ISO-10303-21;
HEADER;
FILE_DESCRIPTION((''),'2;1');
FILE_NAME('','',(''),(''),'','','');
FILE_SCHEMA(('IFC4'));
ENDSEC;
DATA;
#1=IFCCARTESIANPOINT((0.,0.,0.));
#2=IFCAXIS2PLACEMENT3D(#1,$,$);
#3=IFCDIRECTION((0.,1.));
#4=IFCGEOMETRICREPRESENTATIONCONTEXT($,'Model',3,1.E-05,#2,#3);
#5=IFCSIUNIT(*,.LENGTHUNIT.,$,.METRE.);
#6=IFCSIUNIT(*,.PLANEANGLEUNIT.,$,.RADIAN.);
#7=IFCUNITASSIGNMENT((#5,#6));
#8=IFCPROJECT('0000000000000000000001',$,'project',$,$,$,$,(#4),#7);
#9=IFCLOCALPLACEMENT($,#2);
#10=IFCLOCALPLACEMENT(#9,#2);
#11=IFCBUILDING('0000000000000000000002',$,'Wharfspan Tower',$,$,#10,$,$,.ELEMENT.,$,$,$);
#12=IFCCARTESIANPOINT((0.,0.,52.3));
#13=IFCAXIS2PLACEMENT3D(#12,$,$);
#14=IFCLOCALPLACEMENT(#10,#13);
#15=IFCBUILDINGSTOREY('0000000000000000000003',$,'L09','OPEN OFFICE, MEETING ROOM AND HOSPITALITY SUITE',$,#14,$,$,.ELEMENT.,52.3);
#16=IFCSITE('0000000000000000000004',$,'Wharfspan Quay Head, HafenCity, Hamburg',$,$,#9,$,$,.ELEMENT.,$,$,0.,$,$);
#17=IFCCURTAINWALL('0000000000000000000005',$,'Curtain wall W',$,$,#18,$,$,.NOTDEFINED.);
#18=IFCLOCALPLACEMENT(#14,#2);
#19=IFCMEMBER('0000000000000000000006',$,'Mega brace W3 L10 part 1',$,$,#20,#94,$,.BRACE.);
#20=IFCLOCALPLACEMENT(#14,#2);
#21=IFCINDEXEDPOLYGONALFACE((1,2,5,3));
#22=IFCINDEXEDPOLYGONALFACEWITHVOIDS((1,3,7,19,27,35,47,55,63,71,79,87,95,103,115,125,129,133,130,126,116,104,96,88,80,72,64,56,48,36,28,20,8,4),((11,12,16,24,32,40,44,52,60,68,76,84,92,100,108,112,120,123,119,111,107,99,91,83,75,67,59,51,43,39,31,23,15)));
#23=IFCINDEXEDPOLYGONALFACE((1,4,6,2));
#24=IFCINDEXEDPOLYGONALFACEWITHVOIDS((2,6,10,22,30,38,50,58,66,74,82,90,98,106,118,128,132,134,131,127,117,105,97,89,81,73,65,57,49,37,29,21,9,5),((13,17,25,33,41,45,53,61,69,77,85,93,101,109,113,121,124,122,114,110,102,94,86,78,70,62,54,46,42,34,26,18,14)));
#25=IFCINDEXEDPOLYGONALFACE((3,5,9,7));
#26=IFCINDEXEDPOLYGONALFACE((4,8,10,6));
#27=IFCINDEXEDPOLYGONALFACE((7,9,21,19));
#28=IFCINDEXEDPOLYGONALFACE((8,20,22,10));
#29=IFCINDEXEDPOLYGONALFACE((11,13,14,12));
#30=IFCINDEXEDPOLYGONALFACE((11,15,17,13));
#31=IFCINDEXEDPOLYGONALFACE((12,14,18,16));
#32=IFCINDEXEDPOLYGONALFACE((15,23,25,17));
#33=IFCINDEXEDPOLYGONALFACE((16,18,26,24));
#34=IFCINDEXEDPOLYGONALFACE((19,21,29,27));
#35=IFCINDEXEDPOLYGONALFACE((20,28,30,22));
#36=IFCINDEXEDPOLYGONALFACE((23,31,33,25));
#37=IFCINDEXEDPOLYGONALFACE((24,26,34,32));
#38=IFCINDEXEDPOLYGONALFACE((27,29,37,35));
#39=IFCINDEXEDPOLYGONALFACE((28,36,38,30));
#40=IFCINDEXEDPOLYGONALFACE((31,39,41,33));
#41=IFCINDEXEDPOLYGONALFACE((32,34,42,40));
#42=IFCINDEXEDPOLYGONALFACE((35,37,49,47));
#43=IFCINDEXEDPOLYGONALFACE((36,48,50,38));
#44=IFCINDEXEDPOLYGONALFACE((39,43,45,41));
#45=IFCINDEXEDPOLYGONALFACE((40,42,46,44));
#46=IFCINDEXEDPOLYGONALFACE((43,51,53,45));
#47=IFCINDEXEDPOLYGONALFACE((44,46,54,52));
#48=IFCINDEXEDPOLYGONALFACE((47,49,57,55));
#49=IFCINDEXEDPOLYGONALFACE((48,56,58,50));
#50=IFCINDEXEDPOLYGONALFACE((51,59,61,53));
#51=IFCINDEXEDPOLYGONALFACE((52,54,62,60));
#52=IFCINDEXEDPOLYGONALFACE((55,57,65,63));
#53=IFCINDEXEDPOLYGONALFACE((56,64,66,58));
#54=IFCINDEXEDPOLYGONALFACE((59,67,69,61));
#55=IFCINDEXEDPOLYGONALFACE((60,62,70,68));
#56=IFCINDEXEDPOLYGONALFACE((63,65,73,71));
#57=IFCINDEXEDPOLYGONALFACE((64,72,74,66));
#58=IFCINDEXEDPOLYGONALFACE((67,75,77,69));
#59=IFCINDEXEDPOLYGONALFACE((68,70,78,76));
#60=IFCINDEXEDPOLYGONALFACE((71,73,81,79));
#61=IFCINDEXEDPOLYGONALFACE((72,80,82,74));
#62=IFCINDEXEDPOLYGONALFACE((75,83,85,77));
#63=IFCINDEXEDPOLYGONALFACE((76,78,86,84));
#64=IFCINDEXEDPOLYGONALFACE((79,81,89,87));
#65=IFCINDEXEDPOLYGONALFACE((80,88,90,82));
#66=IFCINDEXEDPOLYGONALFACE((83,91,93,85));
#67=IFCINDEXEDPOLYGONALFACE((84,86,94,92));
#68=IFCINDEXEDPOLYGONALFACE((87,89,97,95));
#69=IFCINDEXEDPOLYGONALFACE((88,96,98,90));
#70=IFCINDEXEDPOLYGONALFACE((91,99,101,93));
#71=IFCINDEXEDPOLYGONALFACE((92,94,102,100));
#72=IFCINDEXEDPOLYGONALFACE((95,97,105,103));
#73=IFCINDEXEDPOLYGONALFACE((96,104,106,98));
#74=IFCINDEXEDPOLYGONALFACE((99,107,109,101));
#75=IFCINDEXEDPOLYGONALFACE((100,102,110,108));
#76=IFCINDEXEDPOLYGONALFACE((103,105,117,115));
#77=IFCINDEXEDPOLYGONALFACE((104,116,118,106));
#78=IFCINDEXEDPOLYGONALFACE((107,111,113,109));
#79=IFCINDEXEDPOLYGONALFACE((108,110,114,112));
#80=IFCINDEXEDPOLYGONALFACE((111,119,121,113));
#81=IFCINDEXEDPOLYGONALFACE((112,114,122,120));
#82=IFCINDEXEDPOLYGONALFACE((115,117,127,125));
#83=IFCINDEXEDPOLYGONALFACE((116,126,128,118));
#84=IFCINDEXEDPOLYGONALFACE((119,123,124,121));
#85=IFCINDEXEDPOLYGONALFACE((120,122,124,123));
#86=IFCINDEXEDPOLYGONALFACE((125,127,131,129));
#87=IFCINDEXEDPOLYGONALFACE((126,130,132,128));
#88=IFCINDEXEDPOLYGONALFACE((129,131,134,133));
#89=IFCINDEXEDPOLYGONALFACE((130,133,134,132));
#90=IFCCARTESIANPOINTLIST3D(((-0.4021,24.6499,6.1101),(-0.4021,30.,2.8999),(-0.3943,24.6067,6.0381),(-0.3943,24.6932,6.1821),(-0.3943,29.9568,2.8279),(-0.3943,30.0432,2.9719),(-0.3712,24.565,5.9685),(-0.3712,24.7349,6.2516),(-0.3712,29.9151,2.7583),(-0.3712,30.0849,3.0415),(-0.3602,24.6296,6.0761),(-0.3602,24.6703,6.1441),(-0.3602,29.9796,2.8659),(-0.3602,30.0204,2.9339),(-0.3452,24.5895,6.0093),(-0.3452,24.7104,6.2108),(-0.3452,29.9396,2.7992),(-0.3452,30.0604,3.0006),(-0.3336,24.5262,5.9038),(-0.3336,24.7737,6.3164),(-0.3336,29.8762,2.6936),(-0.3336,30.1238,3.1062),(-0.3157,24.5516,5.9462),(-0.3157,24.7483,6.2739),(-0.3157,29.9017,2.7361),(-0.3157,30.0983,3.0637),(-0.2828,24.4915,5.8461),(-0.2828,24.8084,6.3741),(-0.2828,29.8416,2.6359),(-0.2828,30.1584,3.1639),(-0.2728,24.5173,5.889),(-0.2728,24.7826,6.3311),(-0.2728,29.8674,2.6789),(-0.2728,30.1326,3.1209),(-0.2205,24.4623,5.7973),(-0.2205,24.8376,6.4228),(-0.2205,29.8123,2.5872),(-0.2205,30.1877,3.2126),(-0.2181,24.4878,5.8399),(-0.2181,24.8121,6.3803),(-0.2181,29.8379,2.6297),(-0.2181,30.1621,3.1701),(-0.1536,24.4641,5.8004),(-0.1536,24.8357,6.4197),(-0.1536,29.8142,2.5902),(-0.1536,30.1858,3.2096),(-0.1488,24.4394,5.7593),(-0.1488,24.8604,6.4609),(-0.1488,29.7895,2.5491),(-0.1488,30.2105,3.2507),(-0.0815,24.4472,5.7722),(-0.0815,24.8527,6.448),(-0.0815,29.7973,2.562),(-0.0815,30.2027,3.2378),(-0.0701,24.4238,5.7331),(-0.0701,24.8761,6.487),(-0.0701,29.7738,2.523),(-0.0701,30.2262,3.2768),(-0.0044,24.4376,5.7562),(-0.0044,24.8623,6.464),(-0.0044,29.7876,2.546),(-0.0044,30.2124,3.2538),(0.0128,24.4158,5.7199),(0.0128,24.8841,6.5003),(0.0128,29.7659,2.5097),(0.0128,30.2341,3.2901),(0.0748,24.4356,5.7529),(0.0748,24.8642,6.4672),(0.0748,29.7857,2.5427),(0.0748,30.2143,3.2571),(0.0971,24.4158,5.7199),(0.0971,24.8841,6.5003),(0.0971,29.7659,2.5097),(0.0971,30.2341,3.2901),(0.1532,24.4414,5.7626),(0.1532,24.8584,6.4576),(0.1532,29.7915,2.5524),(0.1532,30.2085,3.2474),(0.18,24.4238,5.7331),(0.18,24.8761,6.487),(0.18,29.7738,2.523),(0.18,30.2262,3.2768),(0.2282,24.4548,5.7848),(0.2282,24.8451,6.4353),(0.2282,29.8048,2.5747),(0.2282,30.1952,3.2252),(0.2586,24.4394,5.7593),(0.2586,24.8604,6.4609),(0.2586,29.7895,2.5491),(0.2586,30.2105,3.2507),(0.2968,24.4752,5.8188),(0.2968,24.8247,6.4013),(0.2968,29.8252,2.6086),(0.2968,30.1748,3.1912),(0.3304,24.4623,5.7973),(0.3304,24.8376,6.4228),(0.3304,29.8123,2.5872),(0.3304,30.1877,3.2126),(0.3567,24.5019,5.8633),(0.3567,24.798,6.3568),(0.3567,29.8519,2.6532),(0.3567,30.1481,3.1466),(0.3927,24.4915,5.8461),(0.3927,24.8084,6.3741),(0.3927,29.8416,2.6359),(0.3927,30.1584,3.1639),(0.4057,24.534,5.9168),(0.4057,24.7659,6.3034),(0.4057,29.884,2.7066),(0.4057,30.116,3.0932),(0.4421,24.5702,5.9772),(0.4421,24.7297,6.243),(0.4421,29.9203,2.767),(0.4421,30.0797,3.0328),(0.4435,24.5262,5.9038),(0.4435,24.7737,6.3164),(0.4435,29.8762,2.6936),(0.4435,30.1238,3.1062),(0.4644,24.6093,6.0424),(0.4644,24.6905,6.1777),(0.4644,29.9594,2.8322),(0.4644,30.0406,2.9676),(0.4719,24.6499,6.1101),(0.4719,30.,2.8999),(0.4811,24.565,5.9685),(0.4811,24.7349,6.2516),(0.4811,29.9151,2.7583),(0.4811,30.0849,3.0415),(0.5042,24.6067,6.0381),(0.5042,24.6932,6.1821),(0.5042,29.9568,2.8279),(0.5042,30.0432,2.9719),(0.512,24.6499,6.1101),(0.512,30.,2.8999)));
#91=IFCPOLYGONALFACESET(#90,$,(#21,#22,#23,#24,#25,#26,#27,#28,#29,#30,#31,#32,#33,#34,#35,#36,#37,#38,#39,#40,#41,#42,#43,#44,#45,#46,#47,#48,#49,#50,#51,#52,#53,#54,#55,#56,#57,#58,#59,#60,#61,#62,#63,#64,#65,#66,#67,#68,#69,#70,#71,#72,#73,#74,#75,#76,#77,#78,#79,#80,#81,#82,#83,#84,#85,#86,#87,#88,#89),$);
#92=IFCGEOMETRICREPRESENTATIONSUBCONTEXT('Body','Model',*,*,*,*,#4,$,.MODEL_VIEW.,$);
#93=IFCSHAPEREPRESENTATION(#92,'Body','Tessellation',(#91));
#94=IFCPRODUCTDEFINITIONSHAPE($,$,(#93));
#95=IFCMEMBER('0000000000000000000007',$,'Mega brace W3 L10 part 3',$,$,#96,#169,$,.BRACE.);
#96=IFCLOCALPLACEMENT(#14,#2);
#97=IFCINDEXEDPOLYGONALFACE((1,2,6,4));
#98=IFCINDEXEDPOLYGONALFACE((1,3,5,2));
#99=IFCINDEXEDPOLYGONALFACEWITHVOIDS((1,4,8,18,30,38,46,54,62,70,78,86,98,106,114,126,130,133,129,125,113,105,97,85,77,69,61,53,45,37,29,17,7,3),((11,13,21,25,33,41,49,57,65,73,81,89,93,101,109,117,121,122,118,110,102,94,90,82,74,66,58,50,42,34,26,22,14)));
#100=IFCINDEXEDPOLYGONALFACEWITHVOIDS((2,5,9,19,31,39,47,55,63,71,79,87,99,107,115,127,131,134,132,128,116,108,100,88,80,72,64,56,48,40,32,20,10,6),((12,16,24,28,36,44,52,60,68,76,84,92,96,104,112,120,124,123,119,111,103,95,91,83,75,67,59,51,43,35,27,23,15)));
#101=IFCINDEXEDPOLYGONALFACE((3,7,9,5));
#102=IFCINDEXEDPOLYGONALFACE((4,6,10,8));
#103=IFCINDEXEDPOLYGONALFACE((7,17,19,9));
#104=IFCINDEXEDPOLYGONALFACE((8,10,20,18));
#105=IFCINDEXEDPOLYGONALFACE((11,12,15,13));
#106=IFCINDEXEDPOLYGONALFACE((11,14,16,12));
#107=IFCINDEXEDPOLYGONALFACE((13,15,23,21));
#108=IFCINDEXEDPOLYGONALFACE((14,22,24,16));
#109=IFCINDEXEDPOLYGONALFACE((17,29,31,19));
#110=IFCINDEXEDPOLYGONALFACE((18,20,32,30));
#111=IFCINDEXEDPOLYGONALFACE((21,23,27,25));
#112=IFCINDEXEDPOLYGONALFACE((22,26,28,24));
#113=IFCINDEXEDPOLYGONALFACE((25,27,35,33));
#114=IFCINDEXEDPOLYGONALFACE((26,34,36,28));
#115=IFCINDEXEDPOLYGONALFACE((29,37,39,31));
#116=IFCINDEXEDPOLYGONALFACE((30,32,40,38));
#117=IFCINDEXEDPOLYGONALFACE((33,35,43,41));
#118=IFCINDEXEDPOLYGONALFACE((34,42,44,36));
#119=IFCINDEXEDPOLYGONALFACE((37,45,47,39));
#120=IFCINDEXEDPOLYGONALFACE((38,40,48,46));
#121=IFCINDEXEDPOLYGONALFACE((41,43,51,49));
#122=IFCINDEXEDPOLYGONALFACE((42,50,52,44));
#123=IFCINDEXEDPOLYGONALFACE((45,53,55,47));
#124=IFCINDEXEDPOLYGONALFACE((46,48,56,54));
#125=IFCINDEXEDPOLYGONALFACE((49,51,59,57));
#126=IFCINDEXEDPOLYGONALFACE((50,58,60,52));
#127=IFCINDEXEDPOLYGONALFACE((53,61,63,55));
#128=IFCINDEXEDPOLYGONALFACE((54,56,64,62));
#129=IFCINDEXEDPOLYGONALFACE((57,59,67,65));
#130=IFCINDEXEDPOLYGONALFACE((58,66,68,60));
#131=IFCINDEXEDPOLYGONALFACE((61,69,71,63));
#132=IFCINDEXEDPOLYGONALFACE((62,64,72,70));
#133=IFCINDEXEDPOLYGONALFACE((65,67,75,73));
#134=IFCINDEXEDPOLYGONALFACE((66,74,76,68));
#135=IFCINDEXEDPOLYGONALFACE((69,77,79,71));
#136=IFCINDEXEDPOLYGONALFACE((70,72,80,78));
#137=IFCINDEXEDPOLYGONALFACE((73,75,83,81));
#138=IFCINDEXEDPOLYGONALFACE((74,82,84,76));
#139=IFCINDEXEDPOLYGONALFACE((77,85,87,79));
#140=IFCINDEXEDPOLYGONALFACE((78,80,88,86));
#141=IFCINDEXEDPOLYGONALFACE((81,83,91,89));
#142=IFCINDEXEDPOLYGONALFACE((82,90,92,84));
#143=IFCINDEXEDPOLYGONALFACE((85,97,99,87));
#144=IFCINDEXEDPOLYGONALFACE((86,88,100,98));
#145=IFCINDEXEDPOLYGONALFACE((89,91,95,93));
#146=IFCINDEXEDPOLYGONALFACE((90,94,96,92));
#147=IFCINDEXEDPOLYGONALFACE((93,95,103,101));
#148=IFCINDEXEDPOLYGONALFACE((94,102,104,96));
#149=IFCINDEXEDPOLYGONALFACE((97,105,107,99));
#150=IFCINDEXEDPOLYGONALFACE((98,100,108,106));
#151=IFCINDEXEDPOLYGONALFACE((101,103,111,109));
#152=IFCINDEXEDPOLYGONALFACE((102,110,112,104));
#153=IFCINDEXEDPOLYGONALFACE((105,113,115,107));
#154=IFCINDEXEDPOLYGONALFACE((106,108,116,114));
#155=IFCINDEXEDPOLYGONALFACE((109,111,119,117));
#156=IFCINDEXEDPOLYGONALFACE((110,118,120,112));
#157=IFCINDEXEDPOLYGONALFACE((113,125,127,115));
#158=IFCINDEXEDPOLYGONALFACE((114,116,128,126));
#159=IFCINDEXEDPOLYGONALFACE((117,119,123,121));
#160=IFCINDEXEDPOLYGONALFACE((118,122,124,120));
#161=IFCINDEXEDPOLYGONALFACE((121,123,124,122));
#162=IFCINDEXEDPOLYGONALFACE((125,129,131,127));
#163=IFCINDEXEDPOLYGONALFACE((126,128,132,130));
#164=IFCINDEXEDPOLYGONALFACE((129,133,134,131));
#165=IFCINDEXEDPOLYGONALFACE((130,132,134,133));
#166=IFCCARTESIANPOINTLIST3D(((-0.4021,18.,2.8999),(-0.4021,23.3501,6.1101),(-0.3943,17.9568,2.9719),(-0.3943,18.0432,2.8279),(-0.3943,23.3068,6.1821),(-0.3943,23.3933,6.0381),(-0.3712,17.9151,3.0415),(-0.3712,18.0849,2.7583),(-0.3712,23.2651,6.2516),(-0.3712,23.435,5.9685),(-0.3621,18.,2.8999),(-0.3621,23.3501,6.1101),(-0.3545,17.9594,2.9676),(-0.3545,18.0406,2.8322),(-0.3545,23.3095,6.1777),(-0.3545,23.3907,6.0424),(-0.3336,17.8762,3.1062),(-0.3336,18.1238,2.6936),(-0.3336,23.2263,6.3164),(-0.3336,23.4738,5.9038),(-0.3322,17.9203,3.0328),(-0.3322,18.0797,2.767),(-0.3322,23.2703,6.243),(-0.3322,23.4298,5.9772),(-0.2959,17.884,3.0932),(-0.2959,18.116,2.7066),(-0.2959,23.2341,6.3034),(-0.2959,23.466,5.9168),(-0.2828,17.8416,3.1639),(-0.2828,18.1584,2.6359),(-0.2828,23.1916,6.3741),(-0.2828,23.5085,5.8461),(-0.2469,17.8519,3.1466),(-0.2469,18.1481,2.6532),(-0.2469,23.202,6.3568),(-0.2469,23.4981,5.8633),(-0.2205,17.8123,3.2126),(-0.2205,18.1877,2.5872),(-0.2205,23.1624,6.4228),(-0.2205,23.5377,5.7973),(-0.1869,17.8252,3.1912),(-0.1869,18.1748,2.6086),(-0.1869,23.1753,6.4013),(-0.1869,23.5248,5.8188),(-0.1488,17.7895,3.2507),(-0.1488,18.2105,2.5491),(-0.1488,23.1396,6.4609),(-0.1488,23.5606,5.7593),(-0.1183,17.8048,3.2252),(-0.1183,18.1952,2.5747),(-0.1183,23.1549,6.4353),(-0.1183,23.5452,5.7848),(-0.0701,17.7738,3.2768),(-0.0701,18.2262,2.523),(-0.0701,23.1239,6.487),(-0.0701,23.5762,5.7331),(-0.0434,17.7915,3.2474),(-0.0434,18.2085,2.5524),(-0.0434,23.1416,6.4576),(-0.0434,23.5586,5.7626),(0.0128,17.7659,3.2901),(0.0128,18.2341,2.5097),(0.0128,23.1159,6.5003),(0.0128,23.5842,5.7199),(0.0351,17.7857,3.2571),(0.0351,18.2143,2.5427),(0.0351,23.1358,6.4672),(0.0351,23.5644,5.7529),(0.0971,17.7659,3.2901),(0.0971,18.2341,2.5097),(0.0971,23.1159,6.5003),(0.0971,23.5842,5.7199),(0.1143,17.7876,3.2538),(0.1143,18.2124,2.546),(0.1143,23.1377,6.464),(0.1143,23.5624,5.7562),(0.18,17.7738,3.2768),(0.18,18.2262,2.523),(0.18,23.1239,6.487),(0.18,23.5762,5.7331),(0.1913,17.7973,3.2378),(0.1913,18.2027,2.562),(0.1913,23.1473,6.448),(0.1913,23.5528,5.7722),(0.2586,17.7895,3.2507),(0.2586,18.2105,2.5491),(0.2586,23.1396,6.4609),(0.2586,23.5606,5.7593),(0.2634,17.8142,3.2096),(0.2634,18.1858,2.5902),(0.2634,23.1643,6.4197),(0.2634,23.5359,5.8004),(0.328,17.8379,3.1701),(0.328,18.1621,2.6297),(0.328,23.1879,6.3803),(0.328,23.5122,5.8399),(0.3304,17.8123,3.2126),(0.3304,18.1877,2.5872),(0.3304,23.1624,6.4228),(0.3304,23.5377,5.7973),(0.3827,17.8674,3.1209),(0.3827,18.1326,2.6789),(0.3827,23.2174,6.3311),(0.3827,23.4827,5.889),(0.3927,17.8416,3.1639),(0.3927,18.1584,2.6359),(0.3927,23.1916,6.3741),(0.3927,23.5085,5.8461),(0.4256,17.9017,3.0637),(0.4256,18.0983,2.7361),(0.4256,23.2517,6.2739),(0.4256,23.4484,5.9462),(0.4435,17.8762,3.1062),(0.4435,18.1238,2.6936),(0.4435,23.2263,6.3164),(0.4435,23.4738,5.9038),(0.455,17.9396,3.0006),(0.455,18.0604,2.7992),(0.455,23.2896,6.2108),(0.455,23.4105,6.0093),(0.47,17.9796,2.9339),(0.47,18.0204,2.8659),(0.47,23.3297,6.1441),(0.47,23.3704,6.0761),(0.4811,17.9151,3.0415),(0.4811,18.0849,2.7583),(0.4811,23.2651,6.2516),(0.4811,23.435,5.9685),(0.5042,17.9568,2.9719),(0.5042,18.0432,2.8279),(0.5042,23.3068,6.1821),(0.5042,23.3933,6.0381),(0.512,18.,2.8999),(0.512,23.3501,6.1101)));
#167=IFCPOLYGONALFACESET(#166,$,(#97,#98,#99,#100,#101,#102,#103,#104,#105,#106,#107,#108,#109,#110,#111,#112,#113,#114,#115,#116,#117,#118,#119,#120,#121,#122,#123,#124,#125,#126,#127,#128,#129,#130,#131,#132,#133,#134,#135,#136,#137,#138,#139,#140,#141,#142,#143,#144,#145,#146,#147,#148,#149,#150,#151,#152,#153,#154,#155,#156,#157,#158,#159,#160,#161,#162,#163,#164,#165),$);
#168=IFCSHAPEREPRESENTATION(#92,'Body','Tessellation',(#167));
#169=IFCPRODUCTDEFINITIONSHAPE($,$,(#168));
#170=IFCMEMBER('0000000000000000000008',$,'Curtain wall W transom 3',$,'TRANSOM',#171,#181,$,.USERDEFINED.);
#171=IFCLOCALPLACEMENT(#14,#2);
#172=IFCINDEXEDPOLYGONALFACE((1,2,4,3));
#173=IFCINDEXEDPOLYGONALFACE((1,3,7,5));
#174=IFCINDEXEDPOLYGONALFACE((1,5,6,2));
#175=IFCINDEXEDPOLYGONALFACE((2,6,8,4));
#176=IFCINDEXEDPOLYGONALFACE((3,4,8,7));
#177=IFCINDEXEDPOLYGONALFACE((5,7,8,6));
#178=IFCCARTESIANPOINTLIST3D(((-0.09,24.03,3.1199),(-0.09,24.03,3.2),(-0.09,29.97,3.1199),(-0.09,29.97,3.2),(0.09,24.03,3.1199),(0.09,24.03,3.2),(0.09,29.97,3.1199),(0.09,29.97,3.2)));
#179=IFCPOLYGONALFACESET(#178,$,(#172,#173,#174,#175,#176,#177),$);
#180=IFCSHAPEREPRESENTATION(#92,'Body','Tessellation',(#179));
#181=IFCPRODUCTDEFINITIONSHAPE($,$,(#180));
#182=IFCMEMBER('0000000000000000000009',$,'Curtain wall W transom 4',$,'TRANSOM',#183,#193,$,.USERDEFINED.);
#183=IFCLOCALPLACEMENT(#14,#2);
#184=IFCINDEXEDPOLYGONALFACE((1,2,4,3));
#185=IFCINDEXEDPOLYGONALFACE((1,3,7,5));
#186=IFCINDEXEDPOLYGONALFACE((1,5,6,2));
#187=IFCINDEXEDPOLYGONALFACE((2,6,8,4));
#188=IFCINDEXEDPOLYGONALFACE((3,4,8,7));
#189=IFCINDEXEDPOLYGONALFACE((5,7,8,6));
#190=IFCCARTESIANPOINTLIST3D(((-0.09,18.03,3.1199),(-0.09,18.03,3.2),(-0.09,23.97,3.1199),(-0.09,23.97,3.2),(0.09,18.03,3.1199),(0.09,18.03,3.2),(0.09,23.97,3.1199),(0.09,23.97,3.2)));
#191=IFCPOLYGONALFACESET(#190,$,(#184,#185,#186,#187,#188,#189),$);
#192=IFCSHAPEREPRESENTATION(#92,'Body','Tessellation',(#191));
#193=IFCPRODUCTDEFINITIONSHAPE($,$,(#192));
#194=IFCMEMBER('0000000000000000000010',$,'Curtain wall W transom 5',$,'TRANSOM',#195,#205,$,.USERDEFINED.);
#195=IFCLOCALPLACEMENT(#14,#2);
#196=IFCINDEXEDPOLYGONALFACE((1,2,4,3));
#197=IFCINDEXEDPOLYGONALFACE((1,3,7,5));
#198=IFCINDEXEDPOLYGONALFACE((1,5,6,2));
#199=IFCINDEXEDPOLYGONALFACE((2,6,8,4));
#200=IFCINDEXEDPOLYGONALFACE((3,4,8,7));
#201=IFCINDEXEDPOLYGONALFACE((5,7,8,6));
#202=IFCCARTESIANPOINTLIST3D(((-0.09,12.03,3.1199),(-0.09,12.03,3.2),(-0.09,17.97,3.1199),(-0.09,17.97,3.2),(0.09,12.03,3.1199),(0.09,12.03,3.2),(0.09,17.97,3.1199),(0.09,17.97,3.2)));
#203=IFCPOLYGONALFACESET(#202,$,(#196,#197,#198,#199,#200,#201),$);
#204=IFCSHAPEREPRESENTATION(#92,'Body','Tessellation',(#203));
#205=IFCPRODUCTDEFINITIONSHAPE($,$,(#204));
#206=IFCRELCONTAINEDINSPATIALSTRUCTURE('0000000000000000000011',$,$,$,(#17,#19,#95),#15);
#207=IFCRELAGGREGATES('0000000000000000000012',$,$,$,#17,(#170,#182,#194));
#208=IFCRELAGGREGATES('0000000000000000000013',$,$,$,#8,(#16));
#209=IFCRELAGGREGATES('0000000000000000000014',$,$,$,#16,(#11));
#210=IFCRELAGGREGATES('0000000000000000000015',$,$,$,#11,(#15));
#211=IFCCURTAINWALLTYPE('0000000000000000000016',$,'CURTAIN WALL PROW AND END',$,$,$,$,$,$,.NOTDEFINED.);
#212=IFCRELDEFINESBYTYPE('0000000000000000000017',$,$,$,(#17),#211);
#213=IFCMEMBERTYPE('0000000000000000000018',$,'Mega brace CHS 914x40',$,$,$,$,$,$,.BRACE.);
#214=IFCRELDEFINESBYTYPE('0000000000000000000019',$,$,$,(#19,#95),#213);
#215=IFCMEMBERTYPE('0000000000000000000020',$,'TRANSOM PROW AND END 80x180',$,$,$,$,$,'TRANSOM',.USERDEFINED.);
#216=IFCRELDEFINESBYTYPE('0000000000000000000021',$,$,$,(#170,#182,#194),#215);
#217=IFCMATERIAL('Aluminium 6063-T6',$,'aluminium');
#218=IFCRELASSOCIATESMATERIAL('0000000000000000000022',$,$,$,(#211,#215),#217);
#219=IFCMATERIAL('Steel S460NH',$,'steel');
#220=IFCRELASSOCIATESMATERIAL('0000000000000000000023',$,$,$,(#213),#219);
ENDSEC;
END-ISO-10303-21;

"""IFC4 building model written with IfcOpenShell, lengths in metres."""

from ifc_helpers import new_model, si_unit, direction, frame, origin, origin_2d, place, context, subcontext, project, spatial, rectangle, hollow_circle, extrude, material, material_profile, profile_set, type_object, element, aggregate, save


model = new_model("IFC4")

# Units and contexts
model_context = context("Model", 3, precision=1e-05, world=origin(), true_north=direction((0.0, 1.0)))
body_context = subcontext(model_context, "Body", "Model", "MODEL_VIEW")
ifc_project = project(units=[si_unit("LENGTHUNIT", "METRE"), si_unit("PLANEANGLEUNIT", "RADIAN")], contexts=[model_context])

# Site, building, storey
site_placement = place(None, origin())
site = spatial("IfcSite", under=ifc_project, at=site_placement, Name="Wharfspan Quay Head, HafenCity, Hamburg", CompositionType="ELEMENT", RefElevation=0.0)
building_placement = place(site_placement, origin())
building = spatial("IfcBuilding", under=site, at=building_placement, Name="Wharfspan Tower", CompositionType="ELEMENT")
storey_placement = place(building_placement, frame((0.0, 0.0, 52.3)))
storey = spatial("IfcBuildingStorey", under=building, at=storey_placement, Name="L09", Description="OPEN OFFICE, MEETING ROOM AND HOSPITALITY SUITE", CompositionType="ELEMENT", Elevation=52.3)

# Curtain wall
ifc_material_1 = material(Name="Aluminium 6063-T6", Category="aluminium")
curtain_wall_type = type_object("IfcCurtainWallType", Name="CURTAIN WALL PROW AND END", PredefinedType="NOTDEFINED", material=ifc_material_1)
curtain_wall_placement = place(storey_placement, origin())
curtain_wall = element("IfcCurtainWall", 1, at=curtain_wall_placement, inside=storey, type_object=curtain_wall_type, Name="Curtain wall W", PredefinedType="NOTDEFINED")

# Members
ifc_material_2 = material(Name="Steel S460NH", Category="steel")
ifc_material_profile_1 = material_profile(ifc_material_2, hollow_circle(Radius=0.457, WallThickness=0.04, at=origin_2d()))
ifc_profile_set_1 = profile_set([ifc_material_profile_1], Name="Steel S460NH")
member_type_1 = type_object("IfcMemberType", Name="Mega brace CHS 914x40", PredefinedType="BRACE", material=ifc_profile_set_1)
for number, where, z_axis, x_axis, name in (
    (2, (0.0549, 30.0, 2.8999), (0.0, -0.857483, 0.514513), (1.0, 0.0, 0.0), "Mega brace W3 L10 part 1"),
    (3, (0.0549, 18.0, 2.8999), (0.0, 0.857483, 0.514513), (-1.0, 0.0, 0.0), "Mega brace W3 L10 part 3"),
):
    element("IfcMember", number, at=place(storey_placement, frame(where, z_axis=z_axis, x_axis=x_axis)), inside=storey, type_object=member_type_1, Name=name, PredefinedType="BRACE", context=body_context, shape_type="SweptSolid", body=[
        extrude(hollow_circle(Radius=0.457, WallThickness=0.04, at=origin_2d()), origin(), (0.0, 0.0, 1.0), 6.2393),
    ])

# Members
ifc_material_profile_2 = material_profile(ifc_material_1, rectangle(XDim=0.1799, YDim=0.0801, at=origin_2d()))
ifc_profile_set_2 = profile_set([ifc_material_profile_2], Name="Aluminium 6063-T6")
member_type_2 = type_object("IfcMemberType", Name="TRANSOM PROW AND END 80x180", ElementType="TRANSOM", PredefinedType="USERDEFINED", material=ifc_profile_set_2)
member_1_placement = place(storey_placement, frame((0.0, 29.97, 3.1599), z_axis=(0.0, -1.0, 0.0), x_axis=(1.0, 0.0, 0.0)))
member_1 = element("IfcMember", 4, at=member_1_placement, type_object=member_type_2, Name="Curtain wall W transom 3", ObjectType="TRANSOM", PredefinedType="USERDEFINED", context=body_context, shape_type="SweptSolid", body=[
    extrude(rectangle(XDim=0.1799, YDim=0.0801, at=origin_2d()), origin(), (0.0, 0.0, 1.0), 5.9399),
])
member_2_placement = place(storey_placement, frame((0.0, 23.97, 3.1599), z_axis=(0.0, -1.0, 0.0), x_axis=(1.0, 0.0, 0.0)))
member_2 = element("IfcMember", 5, at=member_2_placement, type_object=member_type_2, Name="Curtain wall W transom 4", ObjectType="TRANSOM", PredefinedType="USERDEFINED", context=body_context, shape_type="SweptSolid", body=[
    extrude(rectangle(XDim=0.1799, YDim=0.0801, at=origin_2d()), origin(), (0.0, 0.0, 1.0), 5.9399),
])
member_3_placement = place(storey_placement, frame((0.0, 17.97, 3.1599), z_axis=(0.0, -1.0, 0.0), x_axis=(1.0, 0.0, 0.0)))
member_3 = element("IfcMember", 6, at=member_3_placement, type_object=member_type_2, Name="Curtain wall W transom 5", ObjectType="TRANSOM", PredefinedType="USERDEFINED", context=body_context, shape_type="SweptSolid", body=[
    extrude(rectangle(XDim=0.1799, YDim=0.0801, at=origin_2d()), origin(), (0.0, 0.0, 1.0), 5.9399),
])

aggregate(curtain_wall, [member_1, member_2, member_3])

save(model, "model.ifc")
